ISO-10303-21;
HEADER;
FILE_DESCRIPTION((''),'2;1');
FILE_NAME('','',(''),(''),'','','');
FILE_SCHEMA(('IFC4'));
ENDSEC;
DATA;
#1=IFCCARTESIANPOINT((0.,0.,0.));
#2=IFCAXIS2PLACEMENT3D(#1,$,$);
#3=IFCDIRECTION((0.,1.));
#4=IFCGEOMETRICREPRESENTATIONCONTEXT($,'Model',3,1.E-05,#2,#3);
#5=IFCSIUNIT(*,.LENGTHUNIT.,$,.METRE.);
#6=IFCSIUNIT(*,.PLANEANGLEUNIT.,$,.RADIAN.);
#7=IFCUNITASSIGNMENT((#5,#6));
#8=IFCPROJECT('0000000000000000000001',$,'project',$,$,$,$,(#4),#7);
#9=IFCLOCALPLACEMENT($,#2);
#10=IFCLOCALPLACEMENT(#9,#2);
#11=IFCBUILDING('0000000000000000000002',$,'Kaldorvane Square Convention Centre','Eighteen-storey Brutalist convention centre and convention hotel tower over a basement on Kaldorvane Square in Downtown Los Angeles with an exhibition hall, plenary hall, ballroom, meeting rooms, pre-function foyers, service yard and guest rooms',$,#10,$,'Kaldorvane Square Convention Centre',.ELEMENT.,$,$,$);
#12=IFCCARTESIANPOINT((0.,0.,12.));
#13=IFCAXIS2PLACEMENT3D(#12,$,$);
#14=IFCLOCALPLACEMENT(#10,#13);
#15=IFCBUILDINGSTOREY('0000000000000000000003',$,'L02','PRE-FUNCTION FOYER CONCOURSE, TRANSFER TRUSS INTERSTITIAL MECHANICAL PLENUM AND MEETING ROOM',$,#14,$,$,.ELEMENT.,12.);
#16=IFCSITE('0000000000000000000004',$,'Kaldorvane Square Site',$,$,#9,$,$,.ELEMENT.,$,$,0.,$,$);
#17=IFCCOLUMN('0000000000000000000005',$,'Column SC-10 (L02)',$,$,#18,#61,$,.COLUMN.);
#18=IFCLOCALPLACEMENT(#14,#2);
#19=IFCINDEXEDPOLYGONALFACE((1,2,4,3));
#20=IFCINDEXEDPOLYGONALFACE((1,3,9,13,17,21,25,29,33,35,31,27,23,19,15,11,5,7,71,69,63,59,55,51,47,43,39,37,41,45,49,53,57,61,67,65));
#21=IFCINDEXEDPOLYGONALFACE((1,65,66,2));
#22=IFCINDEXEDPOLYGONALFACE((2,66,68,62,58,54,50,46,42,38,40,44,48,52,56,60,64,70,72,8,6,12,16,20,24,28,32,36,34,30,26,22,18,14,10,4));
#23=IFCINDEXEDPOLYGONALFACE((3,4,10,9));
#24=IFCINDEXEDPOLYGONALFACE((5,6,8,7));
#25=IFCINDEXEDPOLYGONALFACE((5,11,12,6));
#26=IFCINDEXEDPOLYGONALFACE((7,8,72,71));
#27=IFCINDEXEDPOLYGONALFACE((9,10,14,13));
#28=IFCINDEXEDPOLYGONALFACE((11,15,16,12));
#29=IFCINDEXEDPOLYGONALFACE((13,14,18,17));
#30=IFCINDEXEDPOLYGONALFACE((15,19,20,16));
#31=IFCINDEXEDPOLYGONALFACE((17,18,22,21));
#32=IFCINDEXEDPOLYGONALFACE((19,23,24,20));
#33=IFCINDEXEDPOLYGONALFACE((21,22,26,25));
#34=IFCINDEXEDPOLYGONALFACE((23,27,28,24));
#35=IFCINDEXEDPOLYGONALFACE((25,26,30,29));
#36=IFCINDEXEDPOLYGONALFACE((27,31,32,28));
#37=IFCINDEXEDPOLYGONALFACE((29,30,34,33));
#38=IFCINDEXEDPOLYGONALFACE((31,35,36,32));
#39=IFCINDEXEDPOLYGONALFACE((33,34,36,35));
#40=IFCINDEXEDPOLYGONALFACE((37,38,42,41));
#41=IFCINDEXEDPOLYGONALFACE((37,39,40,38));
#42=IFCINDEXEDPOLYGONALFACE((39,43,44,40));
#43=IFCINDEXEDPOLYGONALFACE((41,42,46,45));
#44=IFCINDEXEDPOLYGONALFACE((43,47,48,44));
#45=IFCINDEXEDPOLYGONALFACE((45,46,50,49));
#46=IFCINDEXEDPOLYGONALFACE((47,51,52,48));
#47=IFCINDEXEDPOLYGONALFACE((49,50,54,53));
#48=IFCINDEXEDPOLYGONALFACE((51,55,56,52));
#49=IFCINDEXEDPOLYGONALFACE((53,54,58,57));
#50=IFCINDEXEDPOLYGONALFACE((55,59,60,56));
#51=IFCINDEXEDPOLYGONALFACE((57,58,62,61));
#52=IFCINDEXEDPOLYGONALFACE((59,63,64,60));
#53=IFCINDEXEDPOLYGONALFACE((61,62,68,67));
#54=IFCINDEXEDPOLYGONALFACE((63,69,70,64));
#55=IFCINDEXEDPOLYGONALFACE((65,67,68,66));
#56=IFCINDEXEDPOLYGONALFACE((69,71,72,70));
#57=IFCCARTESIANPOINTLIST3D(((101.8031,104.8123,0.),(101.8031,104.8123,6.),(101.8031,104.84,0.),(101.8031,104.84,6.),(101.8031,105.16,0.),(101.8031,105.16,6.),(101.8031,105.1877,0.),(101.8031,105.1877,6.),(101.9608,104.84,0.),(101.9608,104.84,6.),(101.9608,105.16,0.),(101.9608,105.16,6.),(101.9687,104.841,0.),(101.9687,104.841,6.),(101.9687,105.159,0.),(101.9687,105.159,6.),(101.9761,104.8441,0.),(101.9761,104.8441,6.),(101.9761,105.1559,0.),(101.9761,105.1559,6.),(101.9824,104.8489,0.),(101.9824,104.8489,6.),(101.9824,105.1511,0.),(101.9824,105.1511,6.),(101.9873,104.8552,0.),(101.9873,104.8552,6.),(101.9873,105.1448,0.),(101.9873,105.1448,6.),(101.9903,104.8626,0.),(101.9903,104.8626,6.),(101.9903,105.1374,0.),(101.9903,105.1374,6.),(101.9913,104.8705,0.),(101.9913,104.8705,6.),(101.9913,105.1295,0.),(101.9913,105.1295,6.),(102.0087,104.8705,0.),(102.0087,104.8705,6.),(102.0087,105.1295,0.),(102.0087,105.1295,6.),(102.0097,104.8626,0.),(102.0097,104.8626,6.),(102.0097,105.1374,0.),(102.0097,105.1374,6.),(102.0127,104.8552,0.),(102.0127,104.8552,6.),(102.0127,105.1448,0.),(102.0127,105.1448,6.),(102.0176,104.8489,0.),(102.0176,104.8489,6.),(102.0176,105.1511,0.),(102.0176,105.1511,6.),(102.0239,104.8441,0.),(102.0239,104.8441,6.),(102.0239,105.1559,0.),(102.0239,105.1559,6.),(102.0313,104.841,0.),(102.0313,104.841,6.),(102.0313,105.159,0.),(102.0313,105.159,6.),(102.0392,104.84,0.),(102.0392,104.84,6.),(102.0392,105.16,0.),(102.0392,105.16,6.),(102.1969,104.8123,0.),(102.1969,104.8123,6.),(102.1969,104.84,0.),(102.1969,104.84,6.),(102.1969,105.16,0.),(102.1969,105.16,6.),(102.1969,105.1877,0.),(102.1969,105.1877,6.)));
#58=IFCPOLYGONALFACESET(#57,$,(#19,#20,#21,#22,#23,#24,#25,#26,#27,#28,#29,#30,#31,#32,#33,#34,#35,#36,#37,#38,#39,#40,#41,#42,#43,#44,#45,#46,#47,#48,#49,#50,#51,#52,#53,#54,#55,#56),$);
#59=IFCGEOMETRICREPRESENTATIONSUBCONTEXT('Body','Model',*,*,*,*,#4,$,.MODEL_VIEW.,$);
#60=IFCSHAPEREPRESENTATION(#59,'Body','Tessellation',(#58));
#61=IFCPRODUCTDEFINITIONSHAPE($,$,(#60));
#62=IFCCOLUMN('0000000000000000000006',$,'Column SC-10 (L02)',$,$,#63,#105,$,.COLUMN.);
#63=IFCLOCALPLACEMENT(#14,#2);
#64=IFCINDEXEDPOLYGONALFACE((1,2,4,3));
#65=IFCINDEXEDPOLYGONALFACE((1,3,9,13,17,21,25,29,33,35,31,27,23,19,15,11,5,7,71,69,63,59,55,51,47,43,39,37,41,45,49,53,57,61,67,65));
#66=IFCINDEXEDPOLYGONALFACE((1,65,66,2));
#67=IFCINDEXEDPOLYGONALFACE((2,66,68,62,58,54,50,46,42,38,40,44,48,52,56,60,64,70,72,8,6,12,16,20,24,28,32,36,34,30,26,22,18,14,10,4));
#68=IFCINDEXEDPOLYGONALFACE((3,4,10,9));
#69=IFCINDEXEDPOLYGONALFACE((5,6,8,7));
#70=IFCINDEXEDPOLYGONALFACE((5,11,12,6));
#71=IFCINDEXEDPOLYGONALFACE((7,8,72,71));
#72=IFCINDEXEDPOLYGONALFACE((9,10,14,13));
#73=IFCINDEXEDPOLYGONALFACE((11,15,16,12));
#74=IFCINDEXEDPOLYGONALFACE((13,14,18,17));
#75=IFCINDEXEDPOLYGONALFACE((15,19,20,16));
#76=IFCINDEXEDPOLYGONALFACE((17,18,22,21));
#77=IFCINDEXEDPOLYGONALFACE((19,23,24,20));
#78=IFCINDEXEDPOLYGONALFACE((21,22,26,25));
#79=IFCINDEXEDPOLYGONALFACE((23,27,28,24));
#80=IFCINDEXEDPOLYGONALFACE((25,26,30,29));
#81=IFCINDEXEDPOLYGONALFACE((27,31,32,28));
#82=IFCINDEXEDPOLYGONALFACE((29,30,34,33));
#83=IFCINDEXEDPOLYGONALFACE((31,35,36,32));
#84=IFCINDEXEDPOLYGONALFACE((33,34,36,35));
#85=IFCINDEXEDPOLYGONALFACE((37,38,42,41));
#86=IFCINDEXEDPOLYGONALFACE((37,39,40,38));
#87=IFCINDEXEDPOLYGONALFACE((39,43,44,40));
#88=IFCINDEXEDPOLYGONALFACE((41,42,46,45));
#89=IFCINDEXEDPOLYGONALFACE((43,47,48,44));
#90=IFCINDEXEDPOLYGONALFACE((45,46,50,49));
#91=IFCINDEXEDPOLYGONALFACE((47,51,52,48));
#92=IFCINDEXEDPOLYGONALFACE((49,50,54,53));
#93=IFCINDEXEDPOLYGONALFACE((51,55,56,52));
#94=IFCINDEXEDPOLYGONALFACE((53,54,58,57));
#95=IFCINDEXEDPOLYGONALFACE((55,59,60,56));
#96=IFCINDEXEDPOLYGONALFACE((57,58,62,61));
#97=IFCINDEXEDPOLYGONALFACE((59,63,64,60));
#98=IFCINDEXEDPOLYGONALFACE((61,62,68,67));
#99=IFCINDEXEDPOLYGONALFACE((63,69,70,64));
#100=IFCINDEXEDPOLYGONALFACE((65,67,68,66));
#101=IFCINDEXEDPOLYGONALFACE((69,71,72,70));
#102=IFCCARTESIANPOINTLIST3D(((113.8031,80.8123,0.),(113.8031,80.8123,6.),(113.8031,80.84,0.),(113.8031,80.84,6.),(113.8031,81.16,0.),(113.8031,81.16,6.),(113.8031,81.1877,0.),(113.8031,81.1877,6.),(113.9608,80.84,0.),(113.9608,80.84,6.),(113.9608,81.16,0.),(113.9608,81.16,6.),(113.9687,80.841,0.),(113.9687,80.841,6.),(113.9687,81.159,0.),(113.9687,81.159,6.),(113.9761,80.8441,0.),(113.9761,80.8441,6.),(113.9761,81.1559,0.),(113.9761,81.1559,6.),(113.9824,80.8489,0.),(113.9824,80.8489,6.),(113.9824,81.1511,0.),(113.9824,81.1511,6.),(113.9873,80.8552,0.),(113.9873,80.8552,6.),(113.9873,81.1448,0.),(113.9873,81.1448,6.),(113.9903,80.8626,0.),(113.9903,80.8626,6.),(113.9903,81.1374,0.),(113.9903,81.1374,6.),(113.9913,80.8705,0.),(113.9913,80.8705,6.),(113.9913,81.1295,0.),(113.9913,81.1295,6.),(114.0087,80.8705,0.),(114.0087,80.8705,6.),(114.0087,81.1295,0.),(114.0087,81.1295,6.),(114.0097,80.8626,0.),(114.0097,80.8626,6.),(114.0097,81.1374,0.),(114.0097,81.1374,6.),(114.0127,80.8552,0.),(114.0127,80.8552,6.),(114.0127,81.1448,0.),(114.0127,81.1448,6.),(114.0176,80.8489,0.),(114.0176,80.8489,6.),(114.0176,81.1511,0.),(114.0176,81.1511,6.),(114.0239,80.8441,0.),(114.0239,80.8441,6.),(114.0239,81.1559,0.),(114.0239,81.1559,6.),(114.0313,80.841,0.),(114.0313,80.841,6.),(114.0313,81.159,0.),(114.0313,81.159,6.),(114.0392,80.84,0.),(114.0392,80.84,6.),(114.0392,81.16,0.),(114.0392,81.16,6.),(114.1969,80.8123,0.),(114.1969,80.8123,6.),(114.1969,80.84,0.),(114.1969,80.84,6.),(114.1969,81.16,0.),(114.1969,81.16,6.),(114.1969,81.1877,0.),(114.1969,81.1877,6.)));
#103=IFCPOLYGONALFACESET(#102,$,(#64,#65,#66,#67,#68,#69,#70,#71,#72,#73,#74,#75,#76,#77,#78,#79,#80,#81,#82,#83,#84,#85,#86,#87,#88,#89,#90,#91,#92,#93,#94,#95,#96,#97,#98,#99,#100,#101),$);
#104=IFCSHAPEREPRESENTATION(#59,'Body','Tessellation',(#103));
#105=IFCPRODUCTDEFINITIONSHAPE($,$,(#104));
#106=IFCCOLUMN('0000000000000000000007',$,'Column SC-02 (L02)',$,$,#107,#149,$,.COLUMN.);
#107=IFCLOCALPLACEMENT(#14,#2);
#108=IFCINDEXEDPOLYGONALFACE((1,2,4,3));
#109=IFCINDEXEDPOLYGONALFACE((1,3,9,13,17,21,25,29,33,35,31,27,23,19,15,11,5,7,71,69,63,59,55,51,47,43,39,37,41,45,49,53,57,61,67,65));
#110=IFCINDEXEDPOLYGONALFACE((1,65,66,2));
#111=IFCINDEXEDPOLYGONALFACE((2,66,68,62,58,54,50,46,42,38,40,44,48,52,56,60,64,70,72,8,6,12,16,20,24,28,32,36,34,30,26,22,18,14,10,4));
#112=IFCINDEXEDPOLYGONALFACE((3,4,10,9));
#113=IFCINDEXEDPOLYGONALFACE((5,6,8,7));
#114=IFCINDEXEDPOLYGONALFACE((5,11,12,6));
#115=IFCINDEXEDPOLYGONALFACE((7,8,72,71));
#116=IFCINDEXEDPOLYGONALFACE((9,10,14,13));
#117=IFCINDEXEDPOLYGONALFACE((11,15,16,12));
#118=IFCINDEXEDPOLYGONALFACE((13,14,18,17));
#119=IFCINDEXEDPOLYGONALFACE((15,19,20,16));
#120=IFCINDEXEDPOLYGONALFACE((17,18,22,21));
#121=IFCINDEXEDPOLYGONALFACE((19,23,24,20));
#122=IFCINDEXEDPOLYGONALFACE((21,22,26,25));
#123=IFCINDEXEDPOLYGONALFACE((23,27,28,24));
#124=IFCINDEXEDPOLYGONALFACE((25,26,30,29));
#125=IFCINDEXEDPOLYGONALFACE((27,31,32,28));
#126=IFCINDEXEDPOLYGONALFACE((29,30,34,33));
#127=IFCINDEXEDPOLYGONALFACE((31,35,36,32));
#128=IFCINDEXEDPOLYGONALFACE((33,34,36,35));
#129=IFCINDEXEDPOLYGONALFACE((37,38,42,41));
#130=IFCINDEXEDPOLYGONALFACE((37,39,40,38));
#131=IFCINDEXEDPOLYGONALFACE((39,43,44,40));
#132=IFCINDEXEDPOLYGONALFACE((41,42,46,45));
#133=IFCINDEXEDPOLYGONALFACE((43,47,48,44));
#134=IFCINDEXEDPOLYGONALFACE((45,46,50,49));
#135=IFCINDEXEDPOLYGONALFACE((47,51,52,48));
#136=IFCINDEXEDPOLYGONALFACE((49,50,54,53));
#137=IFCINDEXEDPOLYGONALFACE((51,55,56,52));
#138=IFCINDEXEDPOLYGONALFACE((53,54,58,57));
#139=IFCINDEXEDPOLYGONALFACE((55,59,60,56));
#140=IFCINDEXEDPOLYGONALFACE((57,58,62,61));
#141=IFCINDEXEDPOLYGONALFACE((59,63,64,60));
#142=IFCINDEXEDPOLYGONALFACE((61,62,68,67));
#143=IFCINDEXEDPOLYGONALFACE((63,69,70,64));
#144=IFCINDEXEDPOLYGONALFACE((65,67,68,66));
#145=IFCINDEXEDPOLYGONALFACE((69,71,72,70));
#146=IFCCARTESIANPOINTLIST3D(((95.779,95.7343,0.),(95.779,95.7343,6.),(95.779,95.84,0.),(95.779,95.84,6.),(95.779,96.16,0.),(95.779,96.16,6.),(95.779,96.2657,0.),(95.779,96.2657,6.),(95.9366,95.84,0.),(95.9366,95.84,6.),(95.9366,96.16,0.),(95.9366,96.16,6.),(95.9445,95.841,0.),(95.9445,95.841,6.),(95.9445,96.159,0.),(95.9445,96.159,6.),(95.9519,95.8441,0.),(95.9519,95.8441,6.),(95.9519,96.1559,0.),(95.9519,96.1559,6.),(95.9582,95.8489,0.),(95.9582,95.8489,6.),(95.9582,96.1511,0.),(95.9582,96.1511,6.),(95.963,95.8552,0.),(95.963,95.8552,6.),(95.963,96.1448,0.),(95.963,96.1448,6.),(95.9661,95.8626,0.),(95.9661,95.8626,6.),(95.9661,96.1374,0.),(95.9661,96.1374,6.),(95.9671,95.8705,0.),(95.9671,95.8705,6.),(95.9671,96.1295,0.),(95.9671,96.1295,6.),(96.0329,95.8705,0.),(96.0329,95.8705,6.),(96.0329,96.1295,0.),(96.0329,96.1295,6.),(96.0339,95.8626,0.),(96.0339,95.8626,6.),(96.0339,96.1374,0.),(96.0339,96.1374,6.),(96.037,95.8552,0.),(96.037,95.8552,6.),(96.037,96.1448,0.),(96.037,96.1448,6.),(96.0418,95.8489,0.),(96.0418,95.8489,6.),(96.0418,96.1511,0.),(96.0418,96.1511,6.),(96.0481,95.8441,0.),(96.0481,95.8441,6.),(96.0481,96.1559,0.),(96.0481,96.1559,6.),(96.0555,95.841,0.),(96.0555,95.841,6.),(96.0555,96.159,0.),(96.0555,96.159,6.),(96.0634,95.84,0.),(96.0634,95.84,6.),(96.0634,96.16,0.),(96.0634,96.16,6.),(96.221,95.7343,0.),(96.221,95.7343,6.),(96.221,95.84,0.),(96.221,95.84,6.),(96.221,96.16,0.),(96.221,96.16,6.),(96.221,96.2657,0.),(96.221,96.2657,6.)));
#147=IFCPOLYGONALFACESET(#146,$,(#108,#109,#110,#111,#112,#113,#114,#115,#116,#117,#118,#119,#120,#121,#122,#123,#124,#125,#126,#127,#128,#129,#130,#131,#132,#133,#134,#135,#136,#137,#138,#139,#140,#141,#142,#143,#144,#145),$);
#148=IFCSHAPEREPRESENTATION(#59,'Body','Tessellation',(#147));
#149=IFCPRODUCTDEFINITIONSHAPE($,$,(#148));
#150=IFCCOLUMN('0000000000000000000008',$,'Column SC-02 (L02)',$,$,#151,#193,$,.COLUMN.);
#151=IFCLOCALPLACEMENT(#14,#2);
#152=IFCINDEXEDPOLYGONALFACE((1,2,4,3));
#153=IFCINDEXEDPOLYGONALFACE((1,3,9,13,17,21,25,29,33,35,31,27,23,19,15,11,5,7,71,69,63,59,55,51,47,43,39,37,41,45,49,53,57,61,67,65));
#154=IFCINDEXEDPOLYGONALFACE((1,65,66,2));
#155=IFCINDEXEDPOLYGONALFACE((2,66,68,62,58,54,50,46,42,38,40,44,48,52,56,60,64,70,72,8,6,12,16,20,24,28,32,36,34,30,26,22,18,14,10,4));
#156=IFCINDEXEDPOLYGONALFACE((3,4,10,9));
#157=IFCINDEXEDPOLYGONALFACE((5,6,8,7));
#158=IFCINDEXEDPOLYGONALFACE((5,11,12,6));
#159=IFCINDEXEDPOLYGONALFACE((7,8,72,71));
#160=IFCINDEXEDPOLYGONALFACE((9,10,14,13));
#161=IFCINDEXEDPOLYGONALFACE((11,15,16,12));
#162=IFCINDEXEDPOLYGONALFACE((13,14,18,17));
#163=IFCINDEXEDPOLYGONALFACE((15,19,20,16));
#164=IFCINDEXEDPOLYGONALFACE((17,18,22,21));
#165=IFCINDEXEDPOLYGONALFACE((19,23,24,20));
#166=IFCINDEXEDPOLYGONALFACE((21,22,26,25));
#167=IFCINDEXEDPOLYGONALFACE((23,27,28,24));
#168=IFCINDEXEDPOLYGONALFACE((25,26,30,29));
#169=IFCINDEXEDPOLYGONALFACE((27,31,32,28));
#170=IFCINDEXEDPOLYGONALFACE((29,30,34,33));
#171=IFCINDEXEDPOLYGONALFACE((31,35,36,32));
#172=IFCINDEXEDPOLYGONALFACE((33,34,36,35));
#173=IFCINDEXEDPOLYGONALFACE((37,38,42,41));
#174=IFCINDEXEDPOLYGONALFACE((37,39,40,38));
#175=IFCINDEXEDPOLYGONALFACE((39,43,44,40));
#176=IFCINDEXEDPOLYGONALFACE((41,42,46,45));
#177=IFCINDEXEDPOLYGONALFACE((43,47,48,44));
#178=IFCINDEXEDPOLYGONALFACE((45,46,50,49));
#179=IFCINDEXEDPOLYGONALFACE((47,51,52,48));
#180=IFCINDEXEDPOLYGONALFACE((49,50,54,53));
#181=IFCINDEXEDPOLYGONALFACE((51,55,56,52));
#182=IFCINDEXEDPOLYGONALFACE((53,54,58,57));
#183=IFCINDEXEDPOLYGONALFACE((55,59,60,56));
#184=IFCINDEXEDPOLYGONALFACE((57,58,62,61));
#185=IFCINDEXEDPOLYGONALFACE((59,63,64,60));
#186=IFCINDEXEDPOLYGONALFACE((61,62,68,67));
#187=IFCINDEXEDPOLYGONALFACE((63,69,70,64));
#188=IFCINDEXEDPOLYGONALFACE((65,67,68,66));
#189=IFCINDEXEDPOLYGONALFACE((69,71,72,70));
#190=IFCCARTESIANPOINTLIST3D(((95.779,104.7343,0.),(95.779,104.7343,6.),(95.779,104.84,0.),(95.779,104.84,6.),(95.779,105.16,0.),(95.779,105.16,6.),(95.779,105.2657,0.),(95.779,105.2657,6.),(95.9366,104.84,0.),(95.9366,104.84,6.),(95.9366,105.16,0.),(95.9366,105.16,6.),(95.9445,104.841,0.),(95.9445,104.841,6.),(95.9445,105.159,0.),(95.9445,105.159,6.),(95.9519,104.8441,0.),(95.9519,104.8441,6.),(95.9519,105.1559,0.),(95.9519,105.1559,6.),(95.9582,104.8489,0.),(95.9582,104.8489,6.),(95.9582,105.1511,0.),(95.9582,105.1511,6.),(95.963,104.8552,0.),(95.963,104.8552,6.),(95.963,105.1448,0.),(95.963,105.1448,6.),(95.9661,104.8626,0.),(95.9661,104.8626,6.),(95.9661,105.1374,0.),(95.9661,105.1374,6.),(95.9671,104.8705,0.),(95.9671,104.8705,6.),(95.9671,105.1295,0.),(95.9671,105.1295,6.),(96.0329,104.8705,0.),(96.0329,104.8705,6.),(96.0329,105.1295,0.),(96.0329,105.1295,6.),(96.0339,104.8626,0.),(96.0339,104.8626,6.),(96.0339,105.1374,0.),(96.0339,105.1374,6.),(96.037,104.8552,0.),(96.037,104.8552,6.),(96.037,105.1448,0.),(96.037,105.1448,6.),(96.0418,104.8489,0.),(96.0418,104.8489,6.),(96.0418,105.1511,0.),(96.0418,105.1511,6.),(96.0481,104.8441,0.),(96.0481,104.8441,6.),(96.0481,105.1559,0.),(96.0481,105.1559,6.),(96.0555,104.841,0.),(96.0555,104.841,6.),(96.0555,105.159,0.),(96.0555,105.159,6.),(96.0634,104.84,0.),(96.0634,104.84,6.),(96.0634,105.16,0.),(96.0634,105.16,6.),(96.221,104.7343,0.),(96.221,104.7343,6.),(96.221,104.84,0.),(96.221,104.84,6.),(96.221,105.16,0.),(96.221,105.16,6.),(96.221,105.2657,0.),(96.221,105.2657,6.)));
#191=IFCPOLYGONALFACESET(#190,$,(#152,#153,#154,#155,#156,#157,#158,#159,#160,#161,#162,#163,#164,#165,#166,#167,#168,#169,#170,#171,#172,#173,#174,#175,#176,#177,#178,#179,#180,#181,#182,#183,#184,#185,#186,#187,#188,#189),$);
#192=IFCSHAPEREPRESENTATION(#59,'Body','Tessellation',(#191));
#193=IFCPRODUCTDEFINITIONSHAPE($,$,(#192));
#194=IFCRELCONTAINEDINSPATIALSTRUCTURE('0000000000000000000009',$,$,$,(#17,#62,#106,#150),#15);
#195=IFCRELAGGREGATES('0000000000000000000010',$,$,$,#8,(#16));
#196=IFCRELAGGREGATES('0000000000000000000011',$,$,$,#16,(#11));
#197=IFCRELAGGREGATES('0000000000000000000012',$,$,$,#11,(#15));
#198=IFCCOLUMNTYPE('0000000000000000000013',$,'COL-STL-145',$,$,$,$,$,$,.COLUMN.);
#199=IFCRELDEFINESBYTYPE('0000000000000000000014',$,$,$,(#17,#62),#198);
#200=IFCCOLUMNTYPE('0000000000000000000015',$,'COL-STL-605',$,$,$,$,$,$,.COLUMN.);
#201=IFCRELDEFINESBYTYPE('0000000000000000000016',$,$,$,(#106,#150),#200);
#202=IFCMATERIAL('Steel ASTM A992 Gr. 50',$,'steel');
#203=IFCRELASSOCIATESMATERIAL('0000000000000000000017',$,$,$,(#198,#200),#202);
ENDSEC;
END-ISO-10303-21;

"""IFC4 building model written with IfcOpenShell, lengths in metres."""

from ifc_helpers import new_model, si_unit, direction, frame, origin, origin_2d, place, context, subcontext, project, spatial, i_section, extrude, material, material_profile, profile_set, type_object, element, save


model = new_model("IFC4")

# Units and contexts
model_context = context("Model", 3, precision=1e-05, world=origin(), true_north=direction((0.0, 1.0)))
body_context = subcontext(model_context, "Body", "Model", "MODEL_VIEW")
ifc_project = project(units=[si_unit("LENGTHUNIT", "METRE"), si_unit("PLANEANGLEUNIT", "RADIAN")], contexts=[model_context])

# Site, building, storey
site_placement = place(None, origin())
site = spatial("IfcSite", under=ifc_project, at=site_placement, Name="Kaldorvane Square Site", CompositionType="ELEMENT", RefElevation=0.0)
building_placement = place(site_placement, origin())
building = spatial("IfcBuilding", under=site, at=building_placement, Name="Kaldorvane Square Convention Centre", Description="Eighteen-storey Brutalist convention centre and convention hotel tower over a basement on Kaldorvane Square in Downtown Los Angeles with an exhibition hall, plenary hall, ballroom, meeting rooms, pre-function foyers, service yard and guest rooms", LongName="Kaldorvane Square Convention Centre", CompositionType="ELEMENT")
storey_placement = place(building_placement, frame((0.0, 0.0, 12.0)))
storey = spatial("IfcBuildingStorey", under=building, at=storey_placement, Name="L02", Description="PRE-FUNCTION FOYER CONCOURSE, TRANSFER TRUSS INTERSTITIAL MECHANICAL PLENUM AND MEETING ROOM", CompositionType="ELEMENT", Elevation=12.0)

# Columns
ifc_material_1 = material(Name="Steel ASTM A992 Gr. 50", Category="steel")
ifc_material_profile_1 = material_profile(ifc_material_1, i_section(OverallWidth=0.3937, OverallDepth=0.3754, WebThickness=0.0173, FlangeThickness=0.0277, FilletRadius=0.0305, at=origin_2d()), Name="W14X145")
ifc_profile_set_1 = profile_set([ifc_material_profile_1], Name="Steel ASTM A992 Gr. 50")
column_type_1 = type_object("IfcColumnType", Name="COL-STL-145", PredefinedType="COLUMN", material=ifc_profile_set_1)
for number, where, z_axis, x_axis, name in (
    (1, (102.0, 105.0, 0.0), (0.0, 0.0, 1.0), (1.0, 0.0, 0.0), "Column SC-10 (L02)"),
    (2, (114.0, 81.0, 0.0), (0.0, 0.0, 1.0), (1.0, 0.0, 0.0), "Column SC-10 (L02)"),
):
    element("IfcColumn", number, at=place(storey_placement, frame(where, z_axis=z_axis, x_axis=x_axis)), inside=storey, type_object=column_type_1, Name=name, PredefinedType="COLUMN", context=body_context, shape_type="SweptSolid", body=[
        extrude(i_section(OverallWidth=0.3937, OverallDepth=0.3754, WebThickness=0.0173, FlangeThickness=0.0277, FilletRadius=0.0305, at=origin_2d()), origin(), (0.0, 0.0, 1.0), 6.0),
    ])
ifc_material_profile_2 = material_profile(ifc_material_1, i_section(OverallWidth=0.442, OverallDepth=0.5314, WebThickness=0.0658, FlangeThickness=0.1057, FilletRadius=0.0305, at=origin_2d()), Name="W14X605")
ifc_profile_set_2 = profile_set([ifc_material_profile_2], Name="Steel ASTM A992 Gr. 50")
column_type_2 = type_object("IfcColumnType", Name="COL-STL-605", PredefinedType="COLUMN", material=ifc_profile_set_2)
for number, where, z_axis, x_axis, name in (
    (3, (96.0, 96.0, 0.0), (0.0, 0.0, 1.0), (1.0, 0.0, 0.0), "Column SC-02 (L02)"),
    (4, (96.0, 105.0, 0.0), (0.0, 0.0, 1.0), (1.0, 0.0, 0.0), "Column SC-02 (L02)"),
):
    element("IfcColumn", number, at=place(storey_placement, frame(where, z_axis=z_axis, x_axis=x_axis)), inside=storey, type_object=column_type_2, Name=name, PredefinedType="COLUMN", context=body_context, shape_type="SweptSolid", body=[
        extrude(i_section(OverallWidth=0.442, OverallDepth=0.5314, WebThickness=0.0658, FlangeThickness=0.1057, FilletRadius=0.0305, at=origin_2d()), origin(), (0.0, 0.0, 1.0), 6.0),
    ])

save(model, "model.ifc")
